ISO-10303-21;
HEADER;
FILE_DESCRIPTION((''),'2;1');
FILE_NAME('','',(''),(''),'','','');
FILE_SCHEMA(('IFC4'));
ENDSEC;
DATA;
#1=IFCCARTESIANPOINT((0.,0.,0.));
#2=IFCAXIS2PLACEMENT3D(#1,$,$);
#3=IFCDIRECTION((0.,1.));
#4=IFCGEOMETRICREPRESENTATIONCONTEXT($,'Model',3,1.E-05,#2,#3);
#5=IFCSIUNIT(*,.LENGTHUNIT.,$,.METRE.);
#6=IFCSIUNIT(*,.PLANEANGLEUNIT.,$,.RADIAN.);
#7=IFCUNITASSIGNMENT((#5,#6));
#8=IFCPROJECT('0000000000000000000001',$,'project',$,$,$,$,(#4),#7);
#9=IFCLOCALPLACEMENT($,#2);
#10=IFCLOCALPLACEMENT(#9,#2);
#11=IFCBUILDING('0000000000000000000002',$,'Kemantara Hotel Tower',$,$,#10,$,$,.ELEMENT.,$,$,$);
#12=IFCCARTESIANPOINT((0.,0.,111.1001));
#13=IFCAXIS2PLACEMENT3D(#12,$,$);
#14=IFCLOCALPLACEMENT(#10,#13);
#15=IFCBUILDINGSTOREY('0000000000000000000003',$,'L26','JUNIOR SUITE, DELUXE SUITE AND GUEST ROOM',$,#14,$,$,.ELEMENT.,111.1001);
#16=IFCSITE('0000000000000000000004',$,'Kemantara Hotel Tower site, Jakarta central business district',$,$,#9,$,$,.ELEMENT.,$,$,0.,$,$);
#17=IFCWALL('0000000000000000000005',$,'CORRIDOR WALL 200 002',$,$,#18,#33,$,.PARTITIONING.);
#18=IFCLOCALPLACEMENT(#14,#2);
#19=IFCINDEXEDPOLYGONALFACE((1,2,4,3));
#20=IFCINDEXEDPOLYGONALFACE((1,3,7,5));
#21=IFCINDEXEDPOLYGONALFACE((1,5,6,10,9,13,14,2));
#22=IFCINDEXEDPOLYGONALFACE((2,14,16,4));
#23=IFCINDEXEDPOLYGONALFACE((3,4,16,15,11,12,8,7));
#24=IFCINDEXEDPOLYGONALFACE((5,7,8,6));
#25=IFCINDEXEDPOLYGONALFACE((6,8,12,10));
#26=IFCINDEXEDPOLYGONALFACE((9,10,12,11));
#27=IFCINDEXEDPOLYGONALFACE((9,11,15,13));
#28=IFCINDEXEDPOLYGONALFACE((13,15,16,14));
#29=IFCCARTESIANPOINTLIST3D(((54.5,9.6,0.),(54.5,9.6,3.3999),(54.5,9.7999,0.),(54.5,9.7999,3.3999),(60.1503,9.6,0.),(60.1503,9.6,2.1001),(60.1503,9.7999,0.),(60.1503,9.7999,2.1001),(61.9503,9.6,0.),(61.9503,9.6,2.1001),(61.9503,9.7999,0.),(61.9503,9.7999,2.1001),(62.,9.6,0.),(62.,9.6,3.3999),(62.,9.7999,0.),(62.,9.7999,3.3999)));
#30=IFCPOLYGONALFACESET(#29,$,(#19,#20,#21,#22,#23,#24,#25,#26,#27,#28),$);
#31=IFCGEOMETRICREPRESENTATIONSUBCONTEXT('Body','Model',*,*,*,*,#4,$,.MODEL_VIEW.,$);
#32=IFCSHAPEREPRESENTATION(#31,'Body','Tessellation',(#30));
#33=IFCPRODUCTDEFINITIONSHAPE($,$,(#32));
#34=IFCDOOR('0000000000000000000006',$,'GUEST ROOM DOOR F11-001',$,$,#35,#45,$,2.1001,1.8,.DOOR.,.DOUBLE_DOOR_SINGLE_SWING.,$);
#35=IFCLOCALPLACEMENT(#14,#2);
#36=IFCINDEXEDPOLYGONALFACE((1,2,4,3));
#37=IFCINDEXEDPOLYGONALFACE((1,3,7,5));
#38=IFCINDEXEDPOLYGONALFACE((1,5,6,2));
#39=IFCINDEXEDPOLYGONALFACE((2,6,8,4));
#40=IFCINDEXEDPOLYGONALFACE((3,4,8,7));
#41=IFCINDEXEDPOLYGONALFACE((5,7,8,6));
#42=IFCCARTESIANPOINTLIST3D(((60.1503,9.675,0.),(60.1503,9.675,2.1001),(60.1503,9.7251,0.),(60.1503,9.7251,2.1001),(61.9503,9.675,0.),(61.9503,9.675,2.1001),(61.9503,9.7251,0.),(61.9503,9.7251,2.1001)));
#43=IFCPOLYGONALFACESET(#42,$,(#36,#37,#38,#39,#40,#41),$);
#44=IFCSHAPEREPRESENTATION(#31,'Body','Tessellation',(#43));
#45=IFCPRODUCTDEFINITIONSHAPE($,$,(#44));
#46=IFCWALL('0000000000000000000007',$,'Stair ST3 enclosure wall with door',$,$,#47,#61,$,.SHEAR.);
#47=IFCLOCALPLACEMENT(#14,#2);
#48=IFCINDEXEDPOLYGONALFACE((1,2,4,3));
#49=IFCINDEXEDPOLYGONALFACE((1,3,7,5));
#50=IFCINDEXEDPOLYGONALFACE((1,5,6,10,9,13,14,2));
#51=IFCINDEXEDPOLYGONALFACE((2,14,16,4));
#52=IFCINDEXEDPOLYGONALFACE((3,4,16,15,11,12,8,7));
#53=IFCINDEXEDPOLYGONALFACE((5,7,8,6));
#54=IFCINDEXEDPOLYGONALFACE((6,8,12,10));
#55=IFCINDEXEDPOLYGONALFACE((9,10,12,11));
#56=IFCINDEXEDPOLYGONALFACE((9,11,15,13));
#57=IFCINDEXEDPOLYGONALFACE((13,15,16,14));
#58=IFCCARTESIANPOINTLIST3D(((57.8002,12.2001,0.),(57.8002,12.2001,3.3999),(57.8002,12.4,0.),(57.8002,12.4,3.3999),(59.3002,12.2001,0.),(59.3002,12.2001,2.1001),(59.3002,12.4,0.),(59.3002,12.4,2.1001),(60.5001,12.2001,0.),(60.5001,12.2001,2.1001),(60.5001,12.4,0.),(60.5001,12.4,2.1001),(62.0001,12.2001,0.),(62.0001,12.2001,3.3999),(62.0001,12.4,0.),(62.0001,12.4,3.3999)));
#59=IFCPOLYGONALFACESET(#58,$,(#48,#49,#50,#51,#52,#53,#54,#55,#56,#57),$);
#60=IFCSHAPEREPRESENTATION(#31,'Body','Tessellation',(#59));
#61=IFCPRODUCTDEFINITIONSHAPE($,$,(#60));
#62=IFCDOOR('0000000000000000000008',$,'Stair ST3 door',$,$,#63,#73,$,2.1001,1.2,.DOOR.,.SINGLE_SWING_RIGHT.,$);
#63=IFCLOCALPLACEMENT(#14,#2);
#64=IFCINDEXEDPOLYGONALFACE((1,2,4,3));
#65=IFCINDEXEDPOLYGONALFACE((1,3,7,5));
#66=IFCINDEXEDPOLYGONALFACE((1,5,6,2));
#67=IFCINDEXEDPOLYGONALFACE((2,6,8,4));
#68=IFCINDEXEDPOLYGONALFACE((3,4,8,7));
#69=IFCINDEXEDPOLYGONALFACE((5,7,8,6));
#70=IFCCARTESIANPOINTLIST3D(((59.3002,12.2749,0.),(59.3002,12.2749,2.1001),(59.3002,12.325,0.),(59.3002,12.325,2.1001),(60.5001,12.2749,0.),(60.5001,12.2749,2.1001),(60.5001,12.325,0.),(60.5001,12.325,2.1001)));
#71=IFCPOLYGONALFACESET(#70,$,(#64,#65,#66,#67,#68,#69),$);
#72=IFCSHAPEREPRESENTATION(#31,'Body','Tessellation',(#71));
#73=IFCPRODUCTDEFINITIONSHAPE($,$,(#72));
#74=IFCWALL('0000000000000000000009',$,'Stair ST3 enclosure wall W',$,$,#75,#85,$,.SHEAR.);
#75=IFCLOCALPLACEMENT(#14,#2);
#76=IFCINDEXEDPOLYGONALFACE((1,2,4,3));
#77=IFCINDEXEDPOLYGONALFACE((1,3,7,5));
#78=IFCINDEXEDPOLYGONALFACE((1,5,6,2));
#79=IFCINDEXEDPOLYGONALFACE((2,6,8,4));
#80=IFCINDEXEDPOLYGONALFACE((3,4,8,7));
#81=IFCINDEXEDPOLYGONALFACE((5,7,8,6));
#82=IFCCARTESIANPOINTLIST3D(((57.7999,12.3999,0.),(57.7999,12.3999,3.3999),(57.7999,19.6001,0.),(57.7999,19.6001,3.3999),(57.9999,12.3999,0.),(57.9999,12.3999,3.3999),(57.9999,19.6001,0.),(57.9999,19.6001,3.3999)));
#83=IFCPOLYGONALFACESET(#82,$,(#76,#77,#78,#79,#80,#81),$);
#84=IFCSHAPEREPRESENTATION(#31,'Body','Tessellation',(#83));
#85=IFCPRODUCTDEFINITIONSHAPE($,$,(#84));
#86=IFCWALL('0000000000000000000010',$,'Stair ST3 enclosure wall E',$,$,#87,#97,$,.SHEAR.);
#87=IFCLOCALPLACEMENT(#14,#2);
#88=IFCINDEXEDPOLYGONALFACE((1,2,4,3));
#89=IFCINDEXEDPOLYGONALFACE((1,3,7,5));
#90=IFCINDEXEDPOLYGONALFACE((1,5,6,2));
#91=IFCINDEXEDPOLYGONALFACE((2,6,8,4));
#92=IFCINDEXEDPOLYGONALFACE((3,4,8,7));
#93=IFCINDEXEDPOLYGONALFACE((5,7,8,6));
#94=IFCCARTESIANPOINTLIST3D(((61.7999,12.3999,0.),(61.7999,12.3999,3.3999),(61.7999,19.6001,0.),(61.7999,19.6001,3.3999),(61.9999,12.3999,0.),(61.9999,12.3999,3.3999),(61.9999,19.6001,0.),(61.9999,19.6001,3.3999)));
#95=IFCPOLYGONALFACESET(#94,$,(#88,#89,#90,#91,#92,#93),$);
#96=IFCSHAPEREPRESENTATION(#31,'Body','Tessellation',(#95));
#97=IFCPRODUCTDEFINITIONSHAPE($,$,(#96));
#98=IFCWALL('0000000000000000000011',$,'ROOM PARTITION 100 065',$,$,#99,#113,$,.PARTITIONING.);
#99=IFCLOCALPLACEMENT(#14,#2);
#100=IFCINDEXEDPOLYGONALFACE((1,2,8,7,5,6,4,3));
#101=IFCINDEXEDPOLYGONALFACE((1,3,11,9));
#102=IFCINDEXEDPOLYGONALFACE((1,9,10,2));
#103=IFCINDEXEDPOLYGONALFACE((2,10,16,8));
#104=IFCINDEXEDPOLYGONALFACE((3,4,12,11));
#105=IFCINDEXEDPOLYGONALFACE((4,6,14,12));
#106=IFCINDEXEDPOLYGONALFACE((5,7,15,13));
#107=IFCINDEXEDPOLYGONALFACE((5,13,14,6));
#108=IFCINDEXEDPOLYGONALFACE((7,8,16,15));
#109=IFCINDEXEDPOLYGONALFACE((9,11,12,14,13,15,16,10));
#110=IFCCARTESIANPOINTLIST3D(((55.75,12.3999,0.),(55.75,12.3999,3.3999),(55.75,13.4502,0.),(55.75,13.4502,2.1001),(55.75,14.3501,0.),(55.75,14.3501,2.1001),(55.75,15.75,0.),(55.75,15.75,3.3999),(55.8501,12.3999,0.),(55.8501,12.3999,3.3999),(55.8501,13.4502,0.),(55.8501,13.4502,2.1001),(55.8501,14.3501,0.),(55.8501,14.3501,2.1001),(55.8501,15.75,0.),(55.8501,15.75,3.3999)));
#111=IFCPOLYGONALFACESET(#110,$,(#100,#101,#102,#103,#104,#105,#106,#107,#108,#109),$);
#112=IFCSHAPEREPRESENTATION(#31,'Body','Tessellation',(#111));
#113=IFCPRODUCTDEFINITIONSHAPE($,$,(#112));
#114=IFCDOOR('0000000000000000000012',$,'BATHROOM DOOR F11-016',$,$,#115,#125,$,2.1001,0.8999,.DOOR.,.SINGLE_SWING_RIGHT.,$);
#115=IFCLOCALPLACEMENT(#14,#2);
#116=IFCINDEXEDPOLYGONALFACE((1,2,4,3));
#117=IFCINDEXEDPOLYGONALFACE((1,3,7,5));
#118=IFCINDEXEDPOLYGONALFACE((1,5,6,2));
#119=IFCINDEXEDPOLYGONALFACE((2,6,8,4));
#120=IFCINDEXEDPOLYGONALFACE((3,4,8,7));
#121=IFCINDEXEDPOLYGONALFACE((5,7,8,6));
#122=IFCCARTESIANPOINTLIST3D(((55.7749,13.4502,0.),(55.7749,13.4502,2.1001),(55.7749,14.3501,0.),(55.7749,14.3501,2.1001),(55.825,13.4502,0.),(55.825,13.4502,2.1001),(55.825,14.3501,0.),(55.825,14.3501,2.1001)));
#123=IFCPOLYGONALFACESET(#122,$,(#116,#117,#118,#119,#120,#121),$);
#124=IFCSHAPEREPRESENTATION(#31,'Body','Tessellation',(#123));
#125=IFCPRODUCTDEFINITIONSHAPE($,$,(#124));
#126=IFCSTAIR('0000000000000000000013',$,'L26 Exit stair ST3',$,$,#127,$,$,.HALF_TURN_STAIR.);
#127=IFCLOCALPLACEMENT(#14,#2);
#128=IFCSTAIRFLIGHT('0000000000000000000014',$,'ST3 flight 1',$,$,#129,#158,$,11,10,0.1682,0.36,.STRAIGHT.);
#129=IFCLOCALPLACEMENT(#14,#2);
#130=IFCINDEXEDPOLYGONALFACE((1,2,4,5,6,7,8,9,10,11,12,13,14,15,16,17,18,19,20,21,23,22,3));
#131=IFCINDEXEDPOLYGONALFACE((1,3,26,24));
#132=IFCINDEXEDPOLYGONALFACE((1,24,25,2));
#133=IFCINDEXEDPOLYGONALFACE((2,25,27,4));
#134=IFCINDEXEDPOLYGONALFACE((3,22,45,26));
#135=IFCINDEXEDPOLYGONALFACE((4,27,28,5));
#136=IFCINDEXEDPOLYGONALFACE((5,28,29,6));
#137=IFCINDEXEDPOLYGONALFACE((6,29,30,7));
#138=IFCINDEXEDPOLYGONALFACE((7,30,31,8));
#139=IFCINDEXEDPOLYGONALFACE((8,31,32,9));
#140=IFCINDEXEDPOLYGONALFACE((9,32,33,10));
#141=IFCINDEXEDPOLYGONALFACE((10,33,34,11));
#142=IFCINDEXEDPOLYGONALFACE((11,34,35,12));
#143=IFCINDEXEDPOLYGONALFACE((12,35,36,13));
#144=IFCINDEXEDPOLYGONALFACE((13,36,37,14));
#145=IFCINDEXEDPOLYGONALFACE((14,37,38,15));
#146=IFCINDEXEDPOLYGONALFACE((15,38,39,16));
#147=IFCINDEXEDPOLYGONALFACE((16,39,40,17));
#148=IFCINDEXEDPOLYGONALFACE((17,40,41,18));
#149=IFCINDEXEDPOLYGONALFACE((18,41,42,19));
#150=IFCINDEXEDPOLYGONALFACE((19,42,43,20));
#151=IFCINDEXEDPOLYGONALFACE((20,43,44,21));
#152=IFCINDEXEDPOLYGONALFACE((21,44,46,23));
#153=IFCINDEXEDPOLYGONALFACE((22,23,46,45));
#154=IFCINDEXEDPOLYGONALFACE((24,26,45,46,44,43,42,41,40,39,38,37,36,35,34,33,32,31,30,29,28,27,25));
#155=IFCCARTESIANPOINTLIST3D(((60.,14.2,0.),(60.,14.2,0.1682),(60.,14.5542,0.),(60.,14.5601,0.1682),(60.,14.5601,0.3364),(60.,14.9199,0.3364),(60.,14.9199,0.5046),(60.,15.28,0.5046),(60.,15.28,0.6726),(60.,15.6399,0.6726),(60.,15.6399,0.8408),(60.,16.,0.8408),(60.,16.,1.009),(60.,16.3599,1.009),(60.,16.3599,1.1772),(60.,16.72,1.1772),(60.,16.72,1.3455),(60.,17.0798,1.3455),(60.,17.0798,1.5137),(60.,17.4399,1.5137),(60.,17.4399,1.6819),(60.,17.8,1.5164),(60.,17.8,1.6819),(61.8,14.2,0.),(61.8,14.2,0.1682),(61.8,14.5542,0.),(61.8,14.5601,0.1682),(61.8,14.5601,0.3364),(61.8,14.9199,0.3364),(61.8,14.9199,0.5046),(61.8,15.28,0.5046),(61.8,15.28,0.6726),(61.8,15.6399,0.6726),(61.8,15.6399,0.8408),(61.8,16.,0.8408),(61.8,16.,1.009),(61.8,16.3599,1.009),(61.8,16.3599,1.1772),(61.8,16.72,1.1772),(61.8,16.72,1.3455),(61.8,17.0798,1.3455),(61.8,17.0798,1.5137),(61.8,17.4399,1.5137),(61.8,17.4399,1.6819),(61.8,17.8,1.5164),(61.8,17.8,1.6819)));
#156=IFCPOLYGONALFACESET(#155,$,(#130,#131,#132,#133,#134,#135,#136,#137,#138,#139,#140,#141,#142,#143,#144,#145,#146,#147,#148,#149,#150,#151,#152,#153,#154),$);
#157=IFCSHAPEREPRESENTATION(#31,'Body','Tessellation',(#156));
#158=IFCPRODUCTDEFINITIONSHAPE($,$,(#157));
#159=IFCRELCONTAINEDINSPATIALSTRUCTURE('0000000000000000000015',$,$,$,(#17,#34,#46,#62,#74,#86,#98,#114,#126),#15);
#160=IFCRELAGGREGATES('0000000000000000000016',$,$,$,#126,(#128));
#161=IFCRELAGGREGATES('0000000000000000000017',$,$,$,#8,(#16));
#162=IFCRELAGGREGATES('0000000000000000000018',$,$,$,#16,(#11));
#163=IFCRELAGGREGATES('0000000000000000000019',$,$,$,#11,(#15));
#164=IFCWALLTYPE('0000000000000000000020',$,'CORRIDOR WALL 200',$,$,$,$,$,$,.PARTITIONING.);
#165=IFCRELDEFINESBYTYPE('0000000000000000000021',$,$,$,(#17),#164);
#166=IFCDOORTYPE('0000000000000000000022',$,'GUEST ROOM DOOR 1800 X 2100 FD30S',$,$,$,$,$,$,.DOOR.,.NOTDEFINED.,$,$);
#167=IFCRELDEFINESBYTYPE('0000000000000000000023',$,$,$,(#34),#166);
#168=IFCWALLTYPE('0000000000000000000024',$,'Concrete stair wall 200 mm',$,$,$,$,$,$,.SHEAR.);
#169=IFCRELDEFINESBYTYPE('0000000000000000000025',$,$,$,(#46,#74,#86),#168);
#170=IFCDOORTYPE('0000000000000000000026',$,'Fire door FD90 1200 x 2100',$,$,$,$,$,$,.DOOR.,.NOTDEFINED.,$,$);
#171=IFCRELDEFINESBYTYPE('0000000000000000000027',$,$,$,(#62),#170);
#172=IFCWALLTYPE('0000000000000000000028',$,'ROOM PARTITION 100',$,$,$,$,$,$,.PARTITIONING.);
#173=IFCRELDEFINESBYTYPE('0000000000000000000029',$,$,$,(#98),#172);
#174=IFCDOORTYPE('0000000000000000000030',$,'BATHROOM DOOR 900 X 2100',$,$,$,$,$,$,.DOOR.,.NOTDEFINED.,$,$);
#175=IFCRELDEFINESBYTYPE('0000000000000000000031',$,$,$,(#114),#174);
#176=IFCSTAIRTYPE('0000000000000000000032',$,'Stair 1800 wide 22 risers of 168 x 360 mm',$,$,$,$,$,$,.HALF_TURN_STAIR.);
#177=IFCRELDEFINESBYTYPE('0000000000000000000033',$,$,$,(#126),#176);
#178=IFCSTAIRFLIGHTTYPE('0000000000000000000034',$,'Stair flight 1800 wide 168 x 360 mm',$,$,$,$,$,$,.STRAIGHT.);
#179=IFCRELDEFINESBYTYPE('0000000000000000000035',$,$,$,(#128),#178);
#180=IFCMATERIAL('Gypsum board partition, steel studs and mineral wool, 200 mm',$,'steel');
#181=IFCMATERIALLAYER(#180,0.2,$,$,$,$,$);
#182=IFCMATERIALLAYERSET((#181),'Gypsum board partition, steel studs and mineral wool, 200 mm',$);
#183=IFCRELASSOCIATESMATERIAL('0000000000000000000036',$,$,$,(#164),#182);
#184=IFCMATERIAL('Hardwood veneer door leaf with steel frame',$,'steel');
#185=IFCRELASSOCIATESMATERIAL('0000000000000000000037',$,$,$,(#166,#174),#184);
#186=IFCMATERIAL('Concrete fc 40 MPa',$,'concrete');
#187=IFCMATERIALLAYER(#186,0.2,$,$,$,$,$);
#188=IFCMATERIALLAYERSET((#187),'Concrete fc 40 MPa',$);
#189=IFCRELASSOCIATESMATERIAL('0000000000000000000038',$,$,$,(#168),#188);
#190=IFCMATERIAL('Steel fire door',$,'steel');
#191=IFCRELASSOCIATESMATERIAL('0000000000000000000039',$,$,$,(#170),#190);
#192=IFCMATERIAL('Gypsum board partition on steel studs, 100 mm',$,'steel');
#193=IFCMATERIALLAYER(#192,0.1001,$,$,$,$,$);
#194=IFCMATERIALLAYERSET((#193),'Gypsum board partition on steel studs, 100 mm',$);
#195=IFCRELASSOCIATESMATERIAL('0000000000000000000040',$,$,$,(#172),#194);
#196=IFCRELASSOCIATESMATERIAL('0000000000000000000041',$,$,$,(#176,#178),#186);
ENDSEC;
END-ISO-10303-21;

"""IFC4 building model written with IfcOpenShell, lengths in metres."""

from ifc_helpers import new_model, si_unit, direction, frame, frame_2d, origin, place, context, subcontext, project, spatial, polyline, rectangle, outline, extrude, material, layer, layer_set, type_object, element, fill, aggregate, save


model = new_model("IFC4")

# Units and contexts
model_context = context("Model", 3, precision=1e-05, world=origin(), true_north=direction((0.0, 1.0)))
body_context = subcontext(model_context, "Body", "Model", "MODEL_VIEW")
ifc_project = project(units=[si_unit("LENGTHUNIT", "METRE"), si_unit("PLANEANGLEUNIT", "RADIAN")], contexts=[model_context])

# Site, building, storey
site_placement = place(None, origin())
site = spatial("IfcSite", under=ifc_project, at=site_placement, Name="Kemantara Hotel Tower site, Jakarta central business district", CompositionType="ELEMENT", RefElevation=0.0)
building_placement = place(site_placement, origin())
building = spatial("IfcBuilding", under=site, at=building_placement, Name="Kemantara Hotel Tower", CompositionType="ELEMENT")
storey_placement = place(building_placement, frame((0.0, 0.0, 111.1001)))
storey = spatial("IfcBuildingStorey", under=building, at=storey_placement, Name="L26", Description="JUNIOR SUITE, DELUXE SUITE AND GUEST ROOM", CompositionType="ELEMENT", Elevation=111.1001)

# Walls, openings, doors
ifc_material_1 = material(Name="Gypsum board partition, steel studs and mineral wool, 200 mm", Category="steel")
ifc_layer_1 = layer(ifc_material_1, 0.2)
ifc_layer_set_1 = layer_set([ifc_layer_1], Name="Gypsum board partition, steel studs and mineral wool, 200 mm")
wall_type_1 = type_object("IfcWallType", Name="CORRIDOR WALL 200", PredefinedType="PARTITIONING", material=ifc_layer_set_1)
wall_1_placement = place(storey_placement, frame((62.0, 9.7, 0.0), z_axis=(0.0, 0.0, 1.0), x_axis=(-1.0, 0.0, 0.0)))
wall_1 = element("IfcWall", 1, at=wall_1_placement, inside=storey, type_object=wall_type_1, Name="CORRIDOR WALL 200 002", PredefinedType="PARTITIONING", context=body_context, shape_type="SweptSolid", body=[
    extrude(rectangle(XDim=7.5, YDim=0.2, at=frame_2d((3.75, 0.0))), origin(), (0.0, 0.0, 1.0), 3.3999),
])
opening_1_placement = place(wall_1_placement, frame((0.0498, 0.0, 0.0)))
opening_1 = element("IfcOpeningElement", 2, at=opening_1_placement, cuts=wall_1, PredefinedType="OPENING", context=body_context, shape_type="SweptSolid", body=[
    extrude(rectangle(XDim=1.8, YDim=2.1001, at=frame_2d((0.8999, 1.05))), frame((0.0, 0.1099, 0.0), z_axis=(0.0, -1.0, 0.0), x_axis=(1.0, 0.0, 0.0)), (0.0, 0.0, 1.0), 0.22),
])
ifc_material_2 = material(Name="Hardwood veneer door leaf with steel frame", Category="steel")
door_type_1 = type_object("IfcDoorType", Name="GUEST ROOM DOOR 1800 X 2100 FD30S", OperationType="NOTDEFINED", PredefinedType="DOOR", material=ifc_material_2)
door_1_placement = place(opening_1_placement, origin())
door_1 = element("IfcDoor", 3, at=door_1_placement, inside=storey, type_object=door_type_1, Name="GUEST ROOM DOOR F11-001", OperationType="DOUBLE_DOOR_SINGLE_SWING", OverallHeight=2.1001, OverallWidth=1.8, PredefinedType="DOOR", context=body_context, shape_type="SweptSolid", body=[
    extrude(rectangle(XDim=1.8, YDim=2.1001, at=frame_2d((0.8999, 1.05))), frame((0.0, 0.0249, 0.0), z_axis=(0.0, -1.0, 0.0), x_axis=(1.0, 0.0, 0.0)), (0.0, 0.0, 1.0), 0.05),
])
fill(opening_1, door_1)
ifc_material_3 = material(Name="Concrete fc 40 MPa", Category="concrete")
ifc_layer_2 = layer(ifc_material_3, 0.2)
ifc_layer_set_2 = layer_set([ifc_layer_2], Name="Concrete fc 40 MPa")
wall_type_2 = type_object("IfcWallType", Name="Concrete stair wall 200 mm", PredefinedType="SHEAR", material=ifc_layer_set_2)
wall_2_placement = place(storey_placement, frame((57.8, 12.3, 0.0), z_axis=(0.0, 0.0, 1.0), x_axis=(1.0, 0.0, 0.0)))
wall_2 = element("IfcWall", 4, at=wall_2_placement, inside=storey, type_object=wall_type_2, Name="Stair ST3 enclosure wall with door", PredefinedType="SHEAR", context=body_context, shape_type="SweptSolid", body=[
    extrude(rectangle(XDim=4.2, YDim=0.2, at=frame_2d((2.1001, 0.0))), origin(), (0.0, 0.0, 1.0), 3.3999),
])
opening_2_placement = place(wall_2_placement, frame((1.5, 0.0, 0.0)))
opening_2 = element("IfcOpeningElement", 5, at=opening_2_placement, cuts=wall_2, PredefinedType="OPENING", context=body_context, shape_type="SweptSolid", body=[
    extrude(rectangle(XDim=1.2, YDim=2.1001, at=frame_2d((0.6001, 1.05))), frame((0.0, 0.1099, 0.0), z_axis=(0.0, -1.0, 0.0), x_axis=(1.0, 0.0, 0.0)), (0.0, 0.0, 1.0), 0.22),
])
ifc_material_4 = material(Name="Steel fire door", Category="steel")
door_type_2 = type_object("IfcDoorType", Name="Fire door FD90 1200 x 2100", OperationType="NOTDEFINED", PredefinedType="DOOR", material=ifc_material_4)
door_2_placement = place(opening_2_placement, origin())
door_2 = element("IfcDoor", 6, at=door_2_placement, inside=storey, type_object=door_type_2, Name="Stair ST3 door", OperationType="SINGLE_SWING_RIGHT", OverallHeight=2.1001, OverallWidth=1.2, PredefinedType="DOOR", context=body_context, shape_type="SweptSolid", body=[
    extrude(rectangle(XDim=1.2, YDim=2.1001, at=frame_2d((0.6001, 1.05))), frame((0.0, 0.0249, 0.0), z_axis=(0.0, -1.0, 0.0), x_axis=(1.0, 0.0, 0.0)), (0.0, 0.0, 1.0), 0.05),
])
fill(opening_2, door_2)

# Walls
for number, where, z_axis, x_axis, name in (
    (7, (57.8999, 12.3999, 0.0), (0.0, 0.0, 1.0), (0.0, 1.0, 0.0), "Stair ST3 enclosure wall W"),
    (8, (61.8999, 12.3999, 0.0), (0.0, 0.0, 1.0), (0.0, 1.0, 0.0), "Stair ST3 enclosure wall E"),
):
    element("IfcWall", number, at=place(storey_placement, frame(where, z_axis=z_axis, x_axis=x_axis)), inside=storey, type_object=wall_type_2, Name=name, PredefinedType="SHEAR", context=body_context, shape_type="SweptSolid", body=[
        extrude(rectangle(XDim=7.2002, YDim=0.2, at=frame_2d((3.6001, 0.0))), origin(), (0.0, 0.0, 1.0), 3.3999),
    ])

# Wall, opening, door
ifc_material_5 = material(Name="Gypsum board partition on steel studs, 100 mm", Category="steel")
ifc_layer_3 = layer(ifc_material_5, 0.1001)
ifc_layer_set_3 = layer_set([ifc_layer_3], Name="Gypsum board partition on steel studs, 100 mm")
wall_type_3 = type_object("IfcWallType", Name="ROOM PARTITION 100", PredefinedType="PARTITIONING", material=ifc_layer_set_3)
wall_3_placement = place(storey_placement, frame((55.8, 15.75, 0.0), z_axis=(0.0, 0.0, 1.0), x_axis=(0.0, -1.0, 0.0)))
wall_3 = element("IfcWall", 9, at=wall_3_placement, inside=storey, type_object=wall_type_3, Name="ROOM PARTITION 100 065", PredefinedType="PARTITIONING", context=body_context, shape_type="SweptSolid", body=[
    extrude(rectangle(XDim=3.3501, YDim=0.1001, at=frame_2d((1.675, 0.0))), origin(), (0.0, 0.0, 1.0), 3.3999),
])
opening_3_placement = place(wall_3_placement, frame((1.3999, 0.0, 0.0)))
opening_3 = element("IfcOpeningElement", 10, at=opening_3_placement, cuts=wall_3, PredefinedType="OPENING", context=body_context, shape_type="SweptSolid", body=[
    extrude(rectangle(XDim=0.8999, YDim=2.1001, at=frame_2d((0.45, 1.05))), frame((0.0, 0.0601, 0.0), z_axis=(0.0, -1.0, 0.0), x_axis=(1.0, 0.0, 0.0)), (0.0, 0.0, 1.0), 0.1201),
])
door_type_3 = type_object("IfcDoorType", Name="BATHROOM DOOR 900 X 2100", OperationType="NOTDEFINED", PredefinedType="DOOR", material=ifc_material_2)
door_3_placement = place(opening_3_placement, origin())
door_3 = element("IfcDoor", 11, at=door_3_placement, inside=storey, type_object=door_type_3, Name="BATHROOM DOOR F11-016", OperationType="SINGLE_SWING_RIGHT", OverallHeight=2.1001, OverallWidth=0.8999, PredefinedType="DOOR", context=body_context, shape_type="SweptSolid", body=[
    extrude(rectangle(XDim=0.8999, YDim=2.1001, at=frame_2d((0.45, 1.05))), frame((0.0, 0.0249, 0.0), z_axis=(0.0, -1.0, 0.0), x_axis=(1.0, 0.0, 0.0)), (0.0, 0.0, 1.0), 0.05),
])
fill(opening_3, door_3)

# Stair, stair flight
stair_type = type_object("IfcStairType", Name="Stair 1800 wide 22 risers of 168 x 360 mm", PredefinedType="HALF_TURN_STAIR", material=ifc_material_3)
stair_placement = place(storey_placement, origin())
stair = element("IfcStair", 12, at=stair_placement, inside=storey, type_object=stair_type, Name="L26 Exit stair ST3", PredefinedType="HALF_TURN_STAIR")
stair_flight_type = type_object("IfcStairFlightType", Name="Stair flight 1800 wide 168 x 360 mm", PredefinedType="STRAIGHT", material=ifc_material_3)
stair_flight_placement = place(storey_placement, frame((60.8999, 14.2, 0.0), z_axis=(0.0, 0.0, 1.0), x_axis=(0.0, 1.0, 0.0)))
stair_flight = element("IfcStairFlight", 13, at=stair_flight_placement, type_object=stair_flight_type, Name="ST3 flight 1", NumberOfRisers=11, NumberOfTreads=10, PredefinedType="STRAIGHT", RiserHeight=0.1682, TreadLength=0.36, context=body_context, shape_type="SweptSolid", body=[
    extrude(outline(polyline([(0.0, 0.0), (0.0, 0.1682), (0.3601, 0.1682), (0.3601, 0.3364), (0.72, 0.3364), (0.72, 0.5046), (1.0801, 0.5046), (1.0801, 0.6726), (1.4399, 0.6726), (1.4399, 0.8408), (1.8, 0.8408), (1.8, 1.009), (2.1599, 1.009), (2.1599, 1.1772), (2.52, 1.1772), (2.52, 1.3455), (2.8799, 1.3455), (2.8799, 1.5137), (3.24, 1.5137), (3.24, 1.6819), (3.6001, 1.6819), (3.6001, 1.8501), (3.6001, 1.5164), (0.3542, 0.0), (0.0, 0.0)])), frame((0.0, 0.8999, 0.0), z_axis=(0.0, -1.0, 0.0), x_axis=(1.0, 0.0, 0.0)), (0.0, 0.0, 1.0), 1.8),
])
aggregate(stair, [stair_flight])

save(model, "model.ifc")
